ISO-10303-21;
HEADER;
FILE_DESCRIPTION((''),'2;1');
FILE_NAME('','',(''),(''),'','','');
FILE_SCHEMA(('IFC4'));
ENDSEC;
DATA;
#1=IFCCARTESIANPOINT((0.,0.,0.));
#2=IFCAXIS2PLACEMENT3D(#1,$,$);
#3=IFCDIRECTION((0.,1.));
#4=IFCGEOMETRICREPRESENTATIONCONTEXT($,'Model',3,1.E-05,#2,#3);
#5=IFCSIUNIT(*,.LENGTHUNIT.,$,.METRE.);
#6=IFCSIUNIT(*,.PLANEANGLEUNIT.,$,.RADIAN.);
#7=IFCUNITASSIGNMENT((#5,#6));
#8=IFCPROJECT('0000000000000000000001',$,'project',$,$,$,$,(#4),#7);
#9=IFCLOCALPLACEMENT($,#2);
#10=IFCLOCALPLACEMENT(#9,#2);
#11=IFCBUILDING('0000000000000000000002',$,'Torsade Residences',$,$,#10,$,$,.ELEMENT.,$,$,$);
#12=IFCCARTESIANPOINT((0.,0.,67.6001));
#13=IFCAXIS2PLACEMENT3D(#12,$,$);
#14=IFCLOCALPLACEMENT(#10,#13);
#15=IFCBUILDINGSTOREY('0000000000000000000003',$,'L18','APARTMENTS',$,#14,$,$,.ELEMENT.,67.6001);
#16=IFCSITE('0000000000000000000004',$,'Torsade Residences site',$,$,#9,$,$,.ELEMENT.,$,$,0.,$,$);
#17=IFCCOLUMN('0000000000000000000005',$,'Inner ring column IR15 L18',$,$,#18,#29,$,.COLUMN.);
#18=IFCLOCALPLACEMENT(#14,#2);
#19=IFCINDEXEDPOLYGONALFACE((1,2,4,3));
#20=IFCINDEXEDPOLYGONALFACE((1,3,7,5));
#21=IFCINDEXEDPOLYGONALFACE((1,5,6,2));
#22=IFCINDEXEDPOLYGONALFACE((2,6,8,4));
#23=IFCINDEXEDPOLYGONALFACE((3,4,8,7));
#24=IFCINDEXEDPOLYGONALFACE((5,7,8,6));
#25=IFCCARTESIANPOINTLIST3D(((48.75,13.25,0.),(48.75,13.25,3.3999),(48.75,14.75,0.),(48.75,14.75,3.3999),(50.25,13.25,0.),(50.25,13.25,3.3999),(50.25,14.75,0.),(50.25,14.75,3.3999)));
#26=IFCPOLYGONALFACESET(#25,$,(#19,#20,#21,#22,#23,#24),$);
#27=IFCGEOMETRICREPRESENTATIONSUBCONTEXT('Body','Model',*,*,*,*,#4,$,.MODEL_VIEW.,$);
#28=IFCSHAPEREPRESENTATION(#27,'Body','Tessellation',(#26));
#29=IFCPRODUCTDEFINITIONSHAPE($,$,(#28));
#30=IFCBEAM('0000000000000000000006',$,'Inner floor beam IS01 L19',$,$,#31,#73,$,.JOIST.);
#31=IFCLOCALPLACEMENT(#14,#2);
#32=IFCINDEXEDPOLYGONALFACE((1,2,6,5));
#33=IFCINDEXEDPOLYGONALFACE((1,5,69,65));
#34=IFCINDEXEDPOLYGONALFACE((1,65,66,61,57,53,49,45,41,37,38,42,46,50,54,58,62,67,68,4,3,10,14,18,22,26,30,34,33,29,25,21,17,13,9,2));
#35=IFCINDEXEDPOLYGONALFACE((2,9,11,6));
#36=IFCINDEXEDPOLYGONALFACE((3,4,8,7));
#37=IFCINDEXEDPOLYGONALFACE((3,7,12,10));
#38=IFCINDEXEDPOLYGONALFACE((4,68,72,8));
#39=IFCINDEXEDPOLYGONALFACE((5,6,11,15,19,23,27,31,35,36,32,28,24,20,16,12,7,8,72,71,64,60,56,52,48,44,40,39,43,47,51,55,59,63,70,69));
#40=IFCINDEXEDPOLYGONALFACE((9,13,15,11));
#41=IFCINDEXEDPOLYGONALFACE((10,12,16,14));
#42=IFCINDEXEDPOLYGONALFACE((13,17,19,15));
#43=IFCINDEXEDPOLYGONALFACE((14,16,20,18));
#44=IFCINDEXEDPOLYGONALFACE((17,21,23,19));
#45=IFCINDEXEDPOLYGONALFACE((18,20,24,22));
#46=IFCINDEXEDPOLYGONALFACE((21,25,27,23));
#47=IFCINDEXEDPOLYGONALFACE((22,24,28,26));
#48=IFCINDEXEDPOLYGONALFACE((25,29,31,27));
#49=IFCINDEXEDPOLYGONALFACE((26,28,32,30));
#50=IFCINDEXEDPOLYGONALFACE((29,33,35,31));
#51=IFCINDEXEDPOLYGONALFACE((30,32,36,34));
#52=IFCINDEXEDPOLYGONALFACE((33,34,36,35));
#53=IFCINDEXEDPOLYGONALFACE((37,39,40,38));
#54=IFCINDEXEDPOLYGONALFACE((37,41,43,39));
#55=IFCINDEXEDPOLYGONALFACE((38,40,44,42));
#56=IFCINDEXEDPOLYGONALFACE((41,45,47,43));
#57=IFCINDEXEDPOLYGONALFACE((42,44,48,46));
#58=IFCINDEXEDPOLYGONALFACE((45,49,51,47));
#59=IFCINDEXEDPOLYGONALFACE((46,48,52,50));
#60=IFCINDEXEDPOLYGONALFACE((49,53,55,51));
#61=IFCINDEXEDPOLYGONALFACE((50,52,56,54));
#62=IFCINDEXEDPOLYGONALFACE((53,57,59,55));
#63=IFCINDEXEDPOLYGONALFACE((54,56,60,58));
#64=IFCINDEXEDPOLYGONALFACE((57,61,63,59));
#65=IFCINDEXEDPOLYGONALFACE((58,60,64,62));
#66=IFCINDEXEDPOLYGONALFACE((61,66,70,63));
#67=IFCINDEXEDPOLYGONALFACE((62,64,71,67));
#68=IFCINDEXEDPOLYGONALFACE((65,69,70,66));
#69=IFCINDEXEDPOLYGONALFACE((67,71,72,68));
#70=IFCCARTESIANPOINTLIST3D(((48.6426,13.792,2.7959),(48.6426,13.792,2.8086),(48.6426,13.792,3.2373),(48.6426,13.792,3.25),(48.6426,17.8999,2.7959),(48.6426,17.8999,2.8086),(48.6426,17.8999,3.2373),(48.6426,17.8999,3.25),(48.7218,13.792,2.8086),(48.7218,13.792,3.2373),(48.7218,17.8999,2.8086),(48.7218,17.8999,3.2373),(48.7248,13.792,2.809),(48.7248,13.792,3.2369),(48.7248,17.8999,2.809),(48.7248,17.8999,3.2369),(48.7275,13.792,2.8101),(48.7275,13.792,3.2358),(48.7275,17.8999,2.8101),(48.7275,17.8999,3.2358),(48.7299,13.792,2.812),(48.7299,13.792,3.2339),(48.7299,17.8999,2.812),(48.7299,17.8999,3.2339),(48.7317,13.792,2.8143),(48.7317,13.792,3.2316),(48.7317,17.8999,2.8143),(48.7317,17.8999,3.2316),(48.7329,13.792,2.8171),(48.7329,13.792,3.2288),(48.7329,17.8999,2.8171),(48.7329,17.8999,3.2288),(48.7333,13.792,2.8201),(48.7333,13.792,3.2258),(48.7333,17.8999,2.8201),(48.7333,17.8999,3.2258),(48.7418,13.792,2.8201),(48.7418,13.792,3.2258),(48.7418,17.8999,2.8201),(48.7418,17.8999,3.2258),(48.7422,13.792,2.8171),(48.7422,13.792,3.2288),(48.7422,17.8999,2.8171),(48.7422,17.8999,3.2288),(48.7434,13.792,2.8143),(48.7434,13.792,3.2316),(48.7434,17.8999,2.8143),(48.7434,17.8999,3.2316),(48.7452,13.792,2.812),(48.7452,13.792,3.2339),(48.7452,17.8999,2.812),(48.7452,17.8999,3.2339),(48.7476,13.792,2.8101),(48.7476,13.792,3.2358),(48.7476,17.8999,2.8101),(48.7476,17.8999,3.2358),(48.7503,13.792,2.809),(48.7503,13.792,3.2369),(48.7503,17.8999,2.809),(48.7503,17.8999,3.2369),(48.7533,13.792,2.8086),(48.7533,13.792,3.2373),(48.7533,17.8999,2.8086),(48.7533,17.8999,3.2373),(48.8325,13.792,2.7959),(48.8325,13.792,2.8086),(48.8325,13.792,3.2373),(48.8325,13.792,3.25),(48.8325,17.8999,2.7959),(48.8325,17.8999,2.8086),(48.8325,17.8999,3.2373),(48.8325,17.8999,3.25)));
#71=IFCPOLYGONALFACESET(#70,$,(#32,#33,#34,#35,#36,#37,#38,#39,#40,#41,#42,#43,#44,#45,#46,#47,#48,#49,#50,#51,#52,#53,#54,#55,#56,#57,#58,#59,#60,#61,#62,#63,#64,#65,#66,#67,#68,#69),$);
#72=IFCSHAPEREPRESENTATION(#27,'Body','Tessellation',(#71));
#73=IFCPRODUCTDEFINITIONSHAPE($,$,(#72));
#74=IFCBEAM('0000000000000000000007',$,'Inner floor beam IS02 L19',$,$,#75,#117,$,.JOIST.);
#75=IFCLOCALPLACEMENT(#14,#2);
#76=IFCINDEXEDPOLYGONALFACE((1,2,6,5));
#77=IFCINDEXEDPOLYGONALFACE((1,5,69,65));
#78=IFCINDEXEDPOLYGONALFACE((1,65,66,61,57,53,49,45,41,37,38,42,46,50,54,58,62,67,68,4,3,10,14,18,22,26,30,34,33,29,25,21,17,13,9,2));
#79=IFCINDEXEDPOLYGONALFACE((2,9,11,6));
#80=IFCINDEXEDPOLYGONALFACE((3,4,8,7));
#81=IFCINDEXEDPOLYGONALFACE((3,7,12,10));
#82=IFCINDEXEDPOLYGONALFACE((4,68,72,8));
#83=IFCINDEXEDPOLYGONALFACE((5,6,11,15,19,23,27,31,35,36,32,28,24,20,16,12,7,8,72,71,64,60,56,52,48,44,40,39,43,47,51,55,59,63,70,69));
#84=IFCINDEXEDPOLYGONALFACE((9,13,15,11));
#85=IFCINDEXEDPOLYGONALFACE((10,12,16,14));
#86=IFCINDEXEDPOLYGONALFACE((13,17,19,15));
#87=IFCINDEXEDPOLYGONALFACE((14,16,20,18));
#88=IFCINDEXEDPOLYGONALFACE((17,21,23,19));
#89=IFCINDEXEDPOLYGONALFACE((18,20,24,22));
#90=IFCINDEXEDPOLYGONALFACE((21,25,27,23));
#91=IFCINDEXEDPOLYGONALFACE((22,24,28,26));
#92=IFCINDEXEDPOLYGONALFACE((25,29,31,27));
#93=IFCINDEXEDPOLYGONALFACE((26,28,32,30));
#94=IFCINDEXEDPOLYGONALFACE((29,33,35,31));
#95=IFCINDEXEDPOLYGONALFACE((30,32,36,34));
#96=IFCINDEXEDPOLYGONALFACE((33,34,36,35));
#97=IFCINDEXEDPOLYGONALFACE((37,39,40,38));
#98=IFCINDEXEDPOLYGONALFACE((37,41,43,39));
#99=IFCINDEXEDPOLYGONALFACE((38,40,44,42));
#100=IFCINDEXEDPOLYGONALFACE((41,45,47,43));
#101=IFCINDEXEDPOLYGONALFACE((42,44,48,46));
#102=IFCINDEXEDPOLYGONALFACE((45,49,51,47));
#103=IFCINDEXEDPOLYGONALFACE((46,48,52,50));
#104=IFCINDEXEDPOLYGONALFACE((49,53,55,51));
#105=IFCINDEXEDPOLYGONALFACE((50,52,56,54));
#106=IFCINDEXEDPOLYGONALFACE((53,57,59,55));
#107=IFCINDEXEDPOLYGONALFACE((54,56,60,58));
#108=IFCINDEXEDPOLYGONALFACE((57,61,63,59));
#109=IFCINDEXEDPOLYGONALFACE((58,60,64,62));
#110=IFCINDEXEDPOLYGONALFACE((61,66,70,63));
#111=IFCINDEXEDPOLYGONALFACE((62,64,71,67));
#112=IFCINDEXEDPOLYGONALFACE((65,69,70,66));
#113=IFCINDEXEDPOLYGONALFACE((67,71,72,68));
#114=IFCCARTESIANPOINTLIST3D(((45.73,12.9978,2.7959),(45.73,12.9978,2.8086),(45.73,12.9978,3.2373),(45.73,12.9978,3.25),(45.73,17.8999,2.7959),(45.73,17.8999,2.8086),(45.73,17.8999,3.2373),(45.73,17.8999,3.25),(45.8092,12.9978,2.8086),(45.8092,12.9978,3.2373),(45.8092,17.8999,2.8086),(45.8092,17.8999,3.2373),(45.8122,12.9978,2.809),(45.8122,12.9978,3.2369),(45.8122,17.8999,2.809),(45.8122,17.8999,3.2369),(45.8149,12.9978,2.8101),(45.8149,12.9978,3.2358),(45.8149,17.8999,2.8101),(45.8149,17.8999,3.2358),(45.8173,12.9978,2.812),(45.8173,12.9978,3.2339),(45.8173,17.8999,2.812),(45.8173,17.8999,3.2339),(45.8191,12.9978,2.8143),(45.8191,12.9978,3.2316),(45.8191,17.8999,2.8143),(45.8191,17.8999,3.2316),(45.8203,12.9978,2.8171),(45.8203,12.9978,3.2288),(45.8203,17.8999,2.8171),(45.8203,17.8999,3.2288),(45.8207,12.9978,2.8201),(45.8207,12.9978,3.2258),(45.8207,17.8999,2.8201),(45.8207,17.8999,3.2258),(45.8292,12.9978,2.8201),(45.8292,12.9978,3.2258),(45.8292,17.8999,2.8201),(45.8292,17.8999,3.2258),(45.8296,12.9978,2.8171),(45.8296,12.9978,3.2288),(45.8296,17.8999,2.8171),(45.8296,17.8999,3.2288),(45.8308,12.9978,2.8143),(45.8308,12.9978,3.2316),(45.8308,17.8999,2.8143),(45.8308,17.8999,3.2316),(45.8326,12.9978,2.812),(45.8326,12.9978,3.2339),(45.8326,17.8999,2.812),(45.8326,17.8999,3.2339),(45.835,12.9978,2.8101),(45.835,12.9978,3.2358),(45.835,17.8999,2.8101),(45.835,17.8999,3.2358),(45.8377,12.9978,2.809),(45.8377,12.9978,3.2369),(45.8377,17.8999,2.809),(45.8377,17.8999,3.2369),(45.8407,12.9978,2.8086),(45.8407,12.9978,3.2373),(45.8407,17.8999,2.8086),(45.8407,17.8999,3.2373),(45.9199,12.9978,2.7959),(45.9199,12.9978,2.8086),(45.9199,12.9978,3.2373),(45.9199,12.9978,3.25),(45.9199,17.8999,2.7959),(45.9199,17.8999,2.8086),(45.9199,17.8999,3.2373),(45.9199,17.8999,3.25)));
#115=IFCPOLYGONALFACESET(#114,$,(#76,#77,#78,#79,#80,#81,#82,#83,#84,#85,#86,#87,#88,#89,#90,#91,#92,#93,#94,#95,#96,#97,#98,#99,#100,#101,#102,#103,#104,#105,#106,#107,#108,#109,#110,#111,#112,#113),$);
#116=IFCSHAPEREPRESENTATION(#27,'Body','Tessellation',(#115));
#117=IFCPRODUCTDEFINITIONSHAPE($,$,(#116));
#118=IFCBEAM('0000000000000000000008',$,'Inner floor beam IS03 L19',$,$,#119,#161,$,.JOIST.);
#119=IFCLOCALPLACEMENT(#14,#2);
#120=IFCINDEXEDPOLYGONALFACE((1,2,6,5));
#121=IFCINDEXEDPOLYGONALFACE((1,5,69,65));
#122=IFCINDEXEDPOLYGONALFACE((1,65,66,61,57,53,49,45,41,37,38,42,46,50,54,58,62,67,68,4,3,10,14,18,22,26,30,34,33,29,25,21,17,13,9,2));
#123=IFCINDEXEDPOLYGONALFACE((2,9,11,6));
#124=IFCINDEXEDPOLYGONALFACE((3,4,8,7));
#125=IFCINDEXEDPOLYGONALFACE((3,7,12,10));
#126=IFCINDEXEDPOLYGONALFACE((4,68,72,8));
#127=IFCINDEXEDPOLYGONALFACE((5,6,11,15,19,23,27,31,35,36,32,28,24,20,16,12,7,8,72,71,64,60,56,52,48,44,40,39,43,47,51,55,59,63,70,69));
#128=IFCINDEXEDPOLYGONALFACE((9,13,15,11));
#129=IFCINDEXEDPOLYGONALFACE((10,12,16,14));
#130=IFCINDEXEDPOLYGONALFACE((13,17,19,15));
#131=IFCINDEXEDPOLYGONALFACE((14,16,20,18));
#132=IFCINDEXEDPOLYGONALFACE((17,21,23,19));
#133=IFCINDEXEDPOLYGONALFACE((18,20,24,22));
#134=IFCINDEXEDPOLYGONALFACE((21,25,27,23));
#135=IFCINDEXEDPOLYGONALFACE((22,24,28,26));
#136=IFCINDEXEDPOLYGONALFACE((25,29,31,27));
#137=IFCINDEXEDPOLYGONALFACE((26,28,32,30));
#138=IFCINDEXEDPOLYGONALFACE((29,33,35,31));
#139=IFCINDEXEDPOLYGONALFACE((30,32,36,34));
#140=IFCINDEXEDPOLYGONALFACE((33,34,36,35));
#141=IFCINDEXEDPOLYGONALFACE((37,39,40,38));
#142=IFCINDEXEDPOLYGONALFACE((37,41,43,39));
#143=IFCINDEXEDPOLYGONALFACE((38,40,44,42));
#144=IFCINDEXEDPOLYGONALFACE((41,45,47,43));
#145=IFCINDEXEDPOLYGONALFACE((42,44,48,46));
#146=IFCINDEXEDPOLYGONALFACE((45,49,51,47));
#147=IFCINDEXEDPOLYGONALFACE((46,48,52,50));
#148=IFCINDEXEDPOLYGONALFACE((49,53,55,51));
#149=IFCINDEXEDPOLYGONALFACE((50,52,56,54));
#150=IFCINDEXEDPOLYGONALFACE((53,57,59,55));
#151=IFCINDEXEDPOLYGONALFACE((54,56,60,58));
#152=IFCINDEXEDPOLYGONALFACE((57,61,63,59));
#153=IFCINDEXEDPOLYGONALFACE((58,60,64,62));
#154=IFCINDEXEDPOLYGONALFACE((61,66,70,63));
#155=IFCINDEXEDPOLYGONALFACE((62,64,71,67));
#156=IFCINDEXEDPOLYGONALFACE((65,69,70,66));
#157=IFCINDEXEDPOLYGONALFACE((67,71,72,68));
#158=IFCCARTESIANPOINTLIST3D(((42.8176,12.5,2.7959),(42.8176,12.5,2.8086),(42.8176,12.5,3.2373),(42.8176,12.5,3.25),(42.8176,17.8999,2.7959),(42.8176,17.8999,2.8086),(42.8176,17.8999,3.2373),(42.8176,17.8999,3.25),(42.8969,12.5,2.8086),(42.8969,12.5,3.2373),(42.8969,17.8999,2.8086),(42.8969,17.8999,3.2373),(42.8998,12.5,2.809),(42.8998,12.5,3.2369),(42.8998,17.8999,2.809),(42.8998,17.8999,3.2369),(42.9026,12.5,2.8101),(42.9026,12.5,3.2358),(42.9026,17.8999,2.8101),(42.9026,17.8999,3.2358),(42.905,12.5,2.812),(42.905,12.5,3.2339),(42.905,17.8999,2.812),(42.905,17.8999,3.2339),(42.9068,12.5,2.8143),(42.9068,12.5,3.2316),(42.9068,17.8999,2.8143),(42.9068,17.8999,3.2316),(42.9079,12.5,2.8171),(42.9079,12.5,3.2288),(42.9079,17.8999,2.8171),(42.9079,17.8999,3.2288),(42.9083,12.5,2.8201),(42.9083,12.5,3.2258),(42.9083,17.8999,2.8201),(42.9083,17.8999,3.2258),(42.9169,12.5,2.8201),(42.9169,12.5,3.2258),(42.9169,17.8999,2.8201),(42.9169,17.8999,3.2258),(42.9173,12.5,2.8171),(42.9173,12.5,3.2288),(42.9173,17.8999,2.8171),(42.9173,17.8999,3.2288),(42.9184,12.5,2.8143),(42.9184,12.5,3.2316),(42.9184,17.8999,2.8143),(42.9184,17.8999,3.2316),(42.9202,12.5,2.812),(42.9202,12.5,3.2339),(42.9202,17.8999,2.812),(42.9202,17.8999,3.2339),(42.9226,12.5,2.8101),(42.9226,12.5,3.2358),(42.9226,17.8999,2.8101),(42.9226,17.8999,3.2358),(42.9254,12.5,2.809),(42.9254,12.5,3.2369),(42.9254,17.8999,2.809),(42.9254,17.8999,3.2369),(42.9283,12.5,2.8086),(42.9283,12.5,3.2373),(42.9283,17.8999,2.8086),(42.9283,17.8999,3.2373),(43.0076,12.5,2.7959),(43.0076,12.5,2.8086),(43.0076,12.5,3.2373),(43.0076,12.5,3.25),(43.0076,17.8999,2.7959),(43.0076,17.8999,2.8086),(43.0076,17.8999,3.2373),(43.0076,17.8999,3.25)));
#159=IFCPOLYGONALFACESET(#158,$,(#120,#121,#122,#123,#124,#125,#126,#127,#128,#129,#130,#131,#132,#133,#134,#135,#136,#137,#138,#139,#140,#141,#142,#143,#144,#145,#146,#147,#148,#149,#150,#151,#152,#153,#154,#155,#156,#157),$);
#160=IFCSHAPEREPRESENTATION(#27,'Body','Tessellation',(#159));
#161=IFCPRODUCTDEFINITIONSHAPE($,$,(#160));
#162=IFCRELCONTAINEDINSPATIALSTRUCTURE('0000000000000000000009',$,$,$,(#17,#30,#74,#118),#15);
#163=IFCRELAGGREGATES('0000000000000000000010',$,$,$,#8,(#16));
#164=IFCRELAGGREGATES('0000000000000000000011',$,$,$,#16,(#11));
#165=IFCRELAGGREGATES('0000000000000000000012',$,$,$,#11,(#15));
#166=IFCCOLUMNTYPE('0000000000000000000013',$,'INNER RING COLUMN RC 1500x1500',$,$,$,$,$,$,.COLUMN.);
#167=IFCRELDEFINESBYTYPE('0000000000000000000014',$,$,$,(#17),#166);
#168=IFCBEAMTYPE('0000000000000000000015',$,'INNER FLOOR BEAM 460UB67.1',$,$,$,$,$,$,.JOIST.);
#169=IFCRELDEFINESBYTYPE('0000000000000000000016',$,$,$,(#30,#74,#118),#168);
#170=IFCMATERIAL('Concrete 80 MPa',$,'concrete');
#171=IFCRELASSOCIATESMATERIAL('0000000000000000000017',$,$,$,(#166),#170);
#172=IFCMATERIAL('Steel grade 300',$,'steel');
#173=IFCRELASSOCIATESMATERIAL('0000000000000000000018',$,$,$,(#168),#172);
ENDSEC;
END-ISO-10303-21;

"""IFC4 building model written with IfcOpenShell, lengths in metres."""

from ifc_helpers import new_model, si_unit, direction, frame, origin, origin_2d, place, context, subcontext, project, spatial, rectangle, i_section, extrude, material, material_profile, profile_set, type_object, element, save


model = new_model("IFC4")

# Units and contexts
model_context = context("Model", 3, precision=1e-05, world=origin(), true_north=direction((0.0, 1.0)))
body_context = subcontext(model_context, "Body", "Model", "MODEL_VIEW")
ifc_project = project(units=[si_unit("LENGTHUNIT", "METRE"), si_unit("PLANEANGLEUNIT", "RADIAN")], contexts=[model_context])

# Site, building, storey
site_placement = place(None, origin())
site = spatial("IfcSite", under=ifc_project, at=site_placement, Name="Torsade Residences site", CompositionType="ELEMENT", RefElevation=0.0)
building_placement = place(site_placement, origin())
building = spatial("IfcBuilding", under=site, at=building_placement, Name="Torsade Residences", CompositionType="ELEMENT")
storey_placement = place(building_placement, frame((0.0, 0.0, 67.6001)))
storey = spatial("IfcBuildingStorey", under=building, at=storey_placement, Name="L18", Description="APARTMENTS", CompositionType="ELEMENT", Elevation=67.6001)

# Column
ifc_material_1 = material(Name="Concrete 80 MPa", Category="concrete")
ifc_material_profile_1 = material_profile(ifc_material_1, rectangle(XDim=1.5, YDim=1.5, at=origin_2d()), Name="RC 1500x1500")
ifc_profile_set_1 = profile_set([ifc_material_profile_1], Name="Concrete 80 MPa")
column_type = type_object("IfcColumnType", Name="INNER RING COLUMN RC 1500x1500", PredefinedType="COLUMN", material=ifc_profile_set_1)
column_placement = place(storey_placement, frame((49.5, 14.0, 0.0), z_axis=(0.0, 0.0, 1.0), x_axis=(1.0, 0.0, 0.0)))
element("IfcColumn", 1, at=column_placement, inside=storey, type_object=column_type, Name="Inner ring column IR15 L18", PredefinedType="COLUMN", context=body_context, shape_type="SweptSolid", body=[
    extrude(rectangle(XDim=1.5, YDim=1.5, at=origin_2d()), origin(), (0.0, 0.0, 1.0), 3.3999),
])

# Beams
ifc_material_2 = material(Name="Steel grade 300", Category="steel")
ifc_material_profile_2 = material_profile(ifc_material_2, i_section(OverallWidth=0.1899, OverallDepth=0.4541, WebThickness=0.0085, FlangeThickness=0.0127, FilletRadius=0.0115, at=origin_2d()), Name="460UB67.1")
ifc_profile_set_2 = profile_set([ifc_material_profile_2], Name="Steel grade 300")
beam_type_1 = type_object("IfcBeamType", Name="INNER FLOOR BEAM 460UB67.1", PredefinedType="JOIST", material=ifc_profile_set_2)
beam_1_placement = place(storey_placement, frame((48.7375, 17.8999, 3.0229), z_axis=(0.0, -1.0, 0.0), x_axis=(1.0, 0.0, 0.0)))
element("IfcBeam", 2, at=beam_1_placement, inside=storey, type_object=beam_type_1, Name="Inner floor beam IS01 L19", PredefinedType="JOIST", context=body_context, shape_type="SweptSolid", body=[
    extrude(i_section(OverallWidth=0.1899, OverallDepth=0.4541, WebThickness=0.0085, FlangeThickness=0.0127, FilletRadius=0.0115, at=origin_2d()), origin(), (0.0, 0.0, 1.0), 4.1079),
])
beam_2_placement = place(storey_placement, frame((45.825, 17.8999, 3.0229), z_axis=(0.0, -1.0, 0.0), x_axis=(1.0, 0.0, 0.0)))
element("IfcBeam", 3, at=beam_2_placement, inside=storey, type_object=beam_type_1, Name="Inner floor beam IS02 L19", PredefinedType="JOIST", context=body_context, shape_type="SweptSolid", body=[
    extrude(i_section(OverallWidth=0.1899, OverallDepth=0.4541, WebThickness=0.0085, FlangeThickness=0.0127, FilletRadius=0.0115, at=origin_2d()), origin(), (0.0, 0.0, 1.0), 4.9021),
])
for number, where, z_axis, x_axis, name in (
    (4, (42.9126, 17.8999, 3.0229), (0.0, -1.0, 0.0), (1.0, 0.0, 0.0), "Inner floor beam IS03 L19"),
):
    element("IfcBeam", number, at=place(storey_placement, frame(where, z_axis=z_axis, x_axis=x_axis)), inside=storey, type_object=beam_type_1, Name=name, PredefinedType="JOIST", context=body_context, shape_type="SweptSolid", body=[
        extrude(i_section(OverallWidth=0.1899, OverallDepth=0.4541, WebThickness=0.0085, FlangeThickness=0.0127, FilletRadius=0.0115, at=origin_2d()), origin(), (0.0, 0.0, 1.0), 5.3999),
    ])

save(model, "model.ifc")
